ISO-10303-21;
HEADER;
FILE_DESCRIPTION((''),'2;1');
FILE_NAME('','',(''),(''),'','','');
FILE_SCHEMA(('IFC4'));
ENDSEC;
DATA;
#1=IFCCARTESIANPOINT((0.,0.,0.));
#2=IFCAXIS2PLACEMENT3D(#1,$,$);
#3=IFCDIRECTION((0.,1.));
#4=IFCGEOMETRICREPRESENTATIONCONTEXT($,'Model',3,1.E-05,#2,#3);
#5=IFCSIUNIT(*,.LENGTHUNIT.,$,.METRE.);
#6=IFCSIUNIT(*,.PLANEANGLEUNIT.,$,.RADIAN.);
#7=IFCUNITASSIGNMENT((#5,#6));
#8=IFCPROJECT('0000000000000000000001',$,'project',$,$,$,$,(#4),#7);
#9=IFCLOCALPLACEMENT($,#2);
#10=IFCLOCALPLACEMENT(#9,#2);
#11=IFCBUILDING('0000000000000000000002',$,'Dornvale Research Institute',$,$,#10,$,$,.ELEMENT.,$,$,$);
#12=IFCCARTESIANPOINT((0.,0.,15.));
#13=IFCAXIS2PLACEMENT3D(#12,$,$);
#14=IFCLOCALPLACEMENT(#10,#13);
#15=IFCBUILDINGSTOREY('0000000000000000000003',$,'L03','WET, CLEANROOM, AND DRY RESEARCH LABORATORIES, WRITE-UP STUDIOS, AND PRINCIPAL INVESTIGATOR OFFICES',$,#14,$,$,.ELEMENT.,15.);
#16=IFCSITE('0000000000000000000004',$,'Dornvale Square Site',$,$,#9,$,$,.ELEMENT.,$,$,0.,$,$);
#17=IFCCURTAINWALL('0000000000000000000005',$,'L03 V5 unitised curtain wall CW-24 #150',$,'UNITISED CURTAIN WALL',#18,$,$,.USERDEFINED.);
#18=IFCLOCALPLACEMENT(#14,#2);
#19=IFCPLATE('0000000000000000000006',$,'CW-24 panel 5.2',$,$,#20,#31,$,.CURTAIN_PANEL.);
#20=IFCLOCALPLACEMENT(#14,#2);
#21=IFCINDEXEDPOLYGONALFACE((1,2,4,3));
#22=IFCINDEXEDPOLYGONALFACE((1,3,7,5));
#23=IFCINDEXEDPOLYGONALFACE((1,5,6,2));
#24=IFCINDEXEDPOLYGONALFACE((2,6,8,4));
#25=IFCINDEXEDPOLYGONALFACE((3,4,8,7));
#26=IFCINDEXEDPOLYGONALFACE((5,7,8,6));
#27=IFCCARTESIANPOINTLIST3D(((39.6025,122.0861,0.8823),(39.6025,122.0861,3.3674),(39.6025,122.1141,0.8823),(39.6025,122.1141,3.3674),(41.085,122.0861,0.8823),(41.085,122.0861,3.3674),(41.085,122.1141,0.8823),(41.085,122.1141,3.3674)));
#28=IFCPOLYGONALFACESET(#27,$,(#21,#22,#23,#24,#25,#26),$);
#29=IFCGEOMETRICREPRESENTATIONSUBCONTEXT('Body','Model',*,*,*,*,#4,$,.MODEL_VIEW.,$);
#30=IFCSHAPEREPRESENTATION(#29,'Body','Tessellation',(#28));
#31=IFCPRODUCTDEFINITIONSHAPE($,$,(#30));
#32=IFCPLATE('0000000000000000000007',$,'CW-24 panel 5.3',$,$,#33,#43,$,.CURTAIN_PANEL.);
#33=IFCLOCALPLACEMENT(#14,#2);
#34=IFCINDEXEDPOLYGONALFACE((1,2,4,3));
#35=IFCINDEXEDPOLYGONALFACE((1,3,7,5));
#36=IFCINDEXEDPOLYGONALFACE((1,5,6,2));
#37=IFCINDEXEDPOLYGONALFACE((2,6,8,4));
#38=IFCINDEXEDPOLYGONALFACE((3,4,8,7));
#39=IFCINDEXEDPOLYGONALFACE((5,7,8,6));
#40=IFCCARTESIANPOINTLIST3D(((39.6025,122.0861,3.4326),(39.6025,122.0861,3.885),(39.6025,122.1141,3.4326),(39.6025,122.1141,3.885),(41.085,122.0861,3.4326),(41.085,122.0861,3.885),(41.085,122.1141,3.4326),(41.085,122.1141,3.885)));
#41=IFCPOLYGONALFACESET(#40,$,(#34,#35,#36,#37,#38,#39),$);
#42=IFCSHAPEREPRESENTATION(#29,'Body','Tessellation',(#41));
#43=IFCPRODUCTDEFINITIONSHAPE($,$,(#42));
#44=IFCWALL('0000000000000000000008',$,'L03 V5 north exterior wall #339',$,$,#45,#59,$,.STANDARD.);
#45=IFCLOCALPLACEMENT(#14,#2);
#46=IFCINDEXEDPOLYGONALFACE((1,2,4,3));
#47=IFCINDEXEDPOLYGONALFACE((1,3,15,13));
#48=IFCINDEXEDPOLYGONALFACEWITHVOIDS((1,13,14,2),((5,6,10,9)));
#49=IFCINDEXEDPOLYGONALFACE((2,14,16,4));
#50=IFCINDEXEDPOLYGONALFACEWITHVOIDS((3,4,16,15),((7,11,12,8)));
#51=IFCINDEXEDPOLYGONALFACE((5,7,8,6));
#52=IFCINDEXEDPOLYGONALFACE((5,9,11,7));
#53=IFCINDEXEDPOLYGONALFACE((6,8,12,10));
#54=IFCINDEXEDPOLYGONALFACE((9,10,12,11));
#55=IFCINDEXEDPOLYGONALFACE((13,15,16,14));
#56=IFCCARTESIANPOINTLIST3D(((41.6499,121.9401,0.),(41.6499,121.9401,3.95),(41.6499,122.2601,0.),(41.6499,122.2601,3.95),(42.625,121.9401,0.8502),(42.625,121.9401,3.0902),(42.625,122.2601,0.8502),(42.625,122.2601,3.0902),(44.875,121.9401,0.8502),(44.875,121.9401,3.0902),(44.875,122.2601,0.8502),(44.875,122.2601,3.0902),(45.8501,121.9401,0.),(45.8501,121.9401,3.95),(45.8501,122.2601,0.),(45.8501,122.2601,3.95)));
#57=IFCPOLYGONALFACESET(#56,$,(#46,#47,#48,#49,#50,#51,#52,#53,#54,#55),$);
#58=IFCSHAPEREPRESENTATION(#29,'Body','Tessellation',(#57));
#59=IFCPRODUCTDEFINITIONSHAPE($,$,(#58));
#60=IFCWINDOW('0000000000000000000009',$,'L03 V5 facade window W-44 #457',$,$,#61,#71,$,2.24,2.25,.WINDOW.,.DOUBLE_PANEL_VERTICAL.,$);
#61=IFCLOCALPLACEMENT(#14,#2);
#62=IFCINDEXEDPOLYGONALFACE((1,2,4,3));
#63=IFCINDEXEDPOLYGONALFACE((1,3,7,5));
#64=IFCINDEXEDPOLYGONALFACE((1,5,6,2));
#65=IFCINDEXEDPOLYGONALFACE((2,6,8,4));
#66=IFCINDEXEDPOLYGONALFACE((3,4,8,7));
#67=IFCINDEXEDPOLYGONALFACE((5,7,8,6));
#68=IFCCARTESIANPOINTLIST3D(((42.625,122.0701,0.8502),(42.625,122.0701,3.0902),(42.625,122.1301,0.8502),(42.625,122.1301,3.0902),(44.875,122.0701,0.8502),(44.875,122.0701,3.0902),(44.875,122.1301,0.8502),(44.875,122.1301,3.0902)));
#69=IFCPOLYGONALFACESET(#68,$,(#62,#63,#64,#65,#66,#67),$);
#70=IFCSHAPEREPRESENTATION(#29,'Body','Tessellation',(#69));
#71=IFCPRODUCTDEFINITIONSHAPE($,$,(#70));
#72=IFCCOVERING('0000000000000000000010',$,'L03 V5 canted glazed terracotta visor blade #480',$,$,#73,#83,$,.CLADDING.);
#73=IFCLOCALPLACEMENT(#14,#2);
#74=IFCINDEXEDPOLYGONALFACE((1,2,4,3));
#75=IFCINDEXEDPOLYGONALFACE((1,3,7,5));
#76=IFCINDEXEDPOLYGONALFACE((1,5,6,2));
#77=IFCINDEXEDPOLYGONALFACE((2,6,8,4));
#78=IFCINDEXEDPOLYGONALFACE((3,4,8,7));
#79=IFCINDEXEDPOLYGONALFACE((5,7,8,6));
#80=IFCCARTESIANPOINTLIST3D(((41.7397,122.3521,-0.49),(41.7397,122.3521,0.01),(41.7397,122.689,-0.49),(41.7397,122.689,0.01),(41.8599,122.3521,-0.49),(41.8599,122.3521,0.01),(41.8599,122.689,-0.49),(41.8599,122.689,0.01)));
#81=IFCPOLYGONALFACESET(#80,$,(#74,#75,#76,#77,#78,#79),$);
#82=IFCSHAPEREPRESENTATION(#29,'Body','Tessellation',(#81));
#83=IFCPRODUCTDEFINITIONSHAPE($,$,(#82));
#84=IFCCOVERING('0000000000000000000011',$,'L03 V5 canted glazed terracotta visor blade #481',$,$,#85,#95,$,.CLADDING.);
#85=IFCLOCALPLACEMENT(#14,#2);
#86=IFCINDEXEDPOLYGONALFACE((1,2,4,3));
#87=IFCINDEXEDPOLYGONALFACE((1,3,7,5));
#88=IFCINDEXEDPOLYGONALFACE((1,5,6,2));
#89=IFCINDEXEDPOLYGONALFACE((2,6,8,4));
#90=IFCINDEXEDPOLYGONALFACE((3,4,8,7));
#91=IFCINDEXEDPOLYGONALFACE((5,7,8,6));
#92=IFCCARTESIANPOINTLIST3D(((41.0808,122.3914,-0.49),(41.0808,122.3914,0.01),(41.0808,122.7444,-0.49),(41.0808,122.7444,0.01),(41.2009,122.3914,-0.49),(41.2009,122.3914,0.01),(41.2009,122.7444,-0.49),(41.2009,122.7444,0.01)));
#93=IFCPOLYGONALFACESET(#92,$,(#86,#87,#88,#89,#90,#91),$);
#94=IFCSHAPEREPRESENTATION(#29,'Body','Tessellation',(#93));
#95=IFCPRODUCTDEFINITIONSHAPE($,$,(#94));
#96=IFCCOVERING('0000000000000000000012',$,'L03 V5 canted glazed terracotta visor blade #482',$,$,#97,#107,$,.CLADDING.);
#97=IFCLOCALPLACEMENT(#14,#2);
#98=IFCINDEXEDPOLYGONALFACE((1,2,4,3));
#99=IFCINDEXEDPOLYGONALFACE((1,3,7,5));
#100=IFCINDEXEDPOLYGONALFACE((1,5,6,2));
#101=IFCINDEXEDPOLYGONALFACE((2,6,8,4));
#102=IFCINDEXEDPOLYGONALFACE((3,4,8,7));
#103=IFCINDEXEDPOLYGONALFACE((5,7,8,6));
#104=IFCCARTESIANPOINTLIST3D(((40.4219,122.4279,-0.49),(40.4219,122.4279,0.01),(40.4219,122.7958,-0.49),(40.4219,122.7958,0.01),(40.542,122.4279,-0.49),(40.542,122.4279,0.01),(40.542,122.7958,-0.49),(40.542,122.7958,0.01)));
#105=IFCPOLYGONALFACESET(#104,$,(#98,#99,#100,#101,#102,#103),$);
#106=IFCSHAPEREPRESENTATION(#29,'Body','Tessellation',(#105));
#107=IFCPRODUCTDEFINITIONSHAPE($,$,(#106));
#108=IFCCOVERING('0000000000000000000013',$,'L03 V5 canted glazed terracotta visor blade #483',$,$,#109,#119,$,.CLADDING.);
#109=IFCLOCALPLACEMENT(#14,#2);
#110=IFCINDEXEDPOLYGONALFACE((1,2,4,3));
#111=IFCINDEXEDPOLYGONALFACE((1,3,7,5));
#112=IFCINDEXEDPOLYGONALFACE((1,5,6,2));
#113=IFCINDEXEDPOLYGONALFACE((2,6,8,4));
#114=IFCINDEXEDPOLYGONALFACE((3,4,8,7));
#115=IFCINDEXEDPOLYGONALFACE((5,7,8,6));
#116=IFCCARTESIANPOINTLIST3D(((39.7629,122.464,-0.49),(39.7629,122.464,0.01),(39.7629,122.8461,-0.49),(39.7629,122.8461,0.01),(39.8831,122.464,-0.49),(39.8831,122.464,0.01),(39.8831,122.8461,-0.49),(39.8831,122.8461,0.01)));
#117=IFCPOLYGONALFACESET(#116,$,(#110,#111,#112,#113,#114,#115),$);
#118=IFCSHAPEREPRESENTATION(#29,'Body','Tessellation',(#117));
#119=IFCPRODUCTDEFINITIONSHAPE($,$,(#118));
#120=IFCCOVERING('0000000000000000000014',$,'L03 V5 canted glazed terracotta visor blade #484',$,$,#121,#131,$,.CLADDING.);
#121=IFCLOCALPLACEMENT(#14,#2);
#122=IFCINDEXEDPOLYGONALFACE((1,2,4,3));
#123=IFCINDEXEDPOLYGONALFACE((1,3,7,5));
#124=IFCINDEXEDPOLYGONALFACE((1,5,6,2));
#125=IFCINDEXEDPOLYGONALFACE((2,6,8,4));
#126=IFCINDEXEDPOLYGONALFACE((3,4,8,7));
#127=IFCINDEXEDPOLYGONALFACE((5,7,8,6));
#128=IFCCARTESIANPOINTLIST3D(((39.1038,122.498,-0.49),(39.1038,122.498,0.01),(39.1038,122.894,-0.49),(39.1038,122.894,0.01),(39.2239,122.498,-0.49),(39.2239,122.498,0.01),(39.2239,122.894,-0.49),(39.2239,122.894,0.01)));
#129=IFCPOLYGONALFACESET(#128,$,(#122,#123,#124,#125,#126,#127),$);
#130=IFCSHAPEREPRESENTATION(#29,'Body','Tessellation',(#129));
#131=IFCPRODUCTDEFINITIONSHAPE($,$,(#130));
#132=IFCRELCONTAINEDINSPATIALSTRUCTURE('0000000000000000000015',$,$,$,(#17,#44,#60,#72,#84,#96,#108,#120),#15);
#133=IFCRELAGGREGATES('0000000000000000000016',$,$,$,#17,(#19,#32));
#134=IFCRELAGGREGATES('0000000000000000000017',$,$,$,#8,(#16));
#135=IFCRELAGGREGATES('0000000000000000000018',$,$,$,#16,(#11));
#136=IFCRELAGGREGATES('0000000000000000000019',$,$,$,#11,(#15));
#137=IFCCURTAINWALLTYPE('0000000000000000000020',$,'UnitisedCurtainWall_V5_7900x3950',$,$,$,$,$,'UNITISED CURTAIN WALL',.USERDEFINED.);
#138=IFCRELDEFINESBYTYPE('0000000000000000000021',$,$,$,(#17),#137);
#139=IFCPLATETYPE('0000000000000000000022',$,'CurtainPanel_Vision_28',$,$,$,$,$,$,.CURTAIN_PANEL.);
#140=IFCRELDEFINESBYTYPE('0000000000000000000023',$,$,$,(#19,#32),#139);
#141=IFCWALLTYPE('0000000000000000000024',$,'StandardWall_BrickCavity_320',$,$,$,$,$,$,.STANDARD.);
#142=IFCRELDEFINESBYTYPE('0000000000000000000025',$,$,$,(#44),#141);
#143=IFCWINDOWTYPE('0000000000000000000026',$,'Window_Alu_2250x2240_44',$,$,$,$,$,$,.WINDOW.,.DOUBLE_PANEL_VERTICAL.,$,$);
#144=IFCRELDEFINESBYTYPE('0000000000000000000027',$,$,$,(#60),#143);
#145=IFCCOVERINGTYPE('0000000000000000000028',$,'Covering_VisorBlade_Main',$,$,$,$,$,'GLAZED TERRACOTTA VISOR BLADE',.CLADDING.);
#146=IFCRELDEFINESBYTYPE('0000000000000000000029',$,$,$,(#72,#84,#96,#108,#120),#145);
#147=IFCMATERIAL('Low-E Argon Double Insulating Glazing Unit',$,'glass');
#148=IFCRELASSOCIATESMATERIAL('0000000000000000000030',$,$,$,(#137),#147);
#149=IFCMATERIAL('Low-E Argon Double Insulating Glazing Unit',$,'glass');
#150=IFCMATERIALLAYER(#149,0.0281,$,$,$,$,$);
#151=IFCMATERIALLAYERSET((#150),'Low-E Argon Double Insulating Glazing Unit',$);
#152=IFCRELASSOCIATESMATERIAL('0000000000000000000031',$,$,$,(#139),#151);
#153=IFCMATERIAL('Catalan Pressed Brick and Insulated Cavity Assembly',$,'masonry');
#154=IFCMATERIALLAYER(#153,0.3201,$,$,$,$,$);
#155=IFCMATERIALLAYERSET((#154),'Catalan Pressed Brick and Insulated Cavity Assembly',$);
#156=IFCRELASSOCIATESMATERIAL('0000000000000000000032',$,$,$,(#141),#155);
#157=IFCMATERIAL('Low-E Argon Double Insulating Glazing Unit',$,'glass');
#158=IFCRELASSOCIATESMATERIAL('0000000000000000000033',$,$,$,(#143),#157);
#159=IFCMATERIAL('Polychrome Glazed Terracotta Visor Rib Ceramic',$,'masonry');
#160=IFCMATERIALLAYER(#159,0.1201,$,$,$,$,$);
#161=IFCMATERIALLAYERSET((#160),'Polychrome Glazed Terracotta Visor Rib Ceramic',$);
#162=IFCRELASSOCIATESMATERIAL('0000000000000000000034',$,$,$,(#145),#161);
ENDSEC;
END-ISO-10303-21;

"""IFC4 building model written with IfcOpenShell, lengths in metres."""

from ifc_helpers import new_model, si_unit, direction, frame, frame_2d, origin, origin_2d, place, context, subcontext, project, spatial, rectangle, extrude, material, layer, layer_set, type_object, element, fill, aggregate, save


model = new_model("IFC4")

# Units and contexts
model_context = context("Model", 3, precision=1e-05, world=origin(), true_north=direction((0.0, 1.0)))
body_context = subcontext(model_context, "Body", "Model", "MODEL_VIEW")
ifc_project = project(units=[si_unit("LENGTHUNIT", "METRE"), si_unit("PLANEANGLEUNIT", "RADIAN")], contexts=[model_context])

# Site, building, storey
site_placement = place(None, origin())
site = spatial("IfcSite", under=ifc_project, at=site_placement, Name="Dornvale Square Site", CompositionType="ELEMENT", RefElevation=0.0)
building_placement = place(site_placement, origin())
building = spatial("IfcBuilding", under=site, at=building_placement, Name="Dornvale Research Institute", CompositionType="ELEMENT")
storey_placement = place(building_placement, frame((0.0, 0.0, 15.0)))
storey = spatial("IfcBuildingStorey", under=building, at=storey_placement, Name="L03", Description="WET, CLEANROOM, AND DRY RESEARCH LABORATORIES, WRITE-UP STUDIOS, AND PRINCIPAL INVESTIGATOR OFFICES", CompositionType="ELEMENT", Elevation=15.0)

# Curtain wall
ifc_material_1 = material(Name="Low-E Argon Double Insulating Glazing Unit", Category="glass")
curtain_wall_type = type_object("IfcCurtainWallType", Name="UnitisedCurtainWall_V5_7900x3950", ElementType="UNITISED CURTAIN WALL", PredefinedType="USERDEFINED", material=ifc_material_1)
curtain_wall_placement = place(storey_placement, origin())
curtain_wall = element("IfcCurtainWall", 1, at=curtain_wall_placement, inside=storey, type_object=curtain_wall_type, Name="L03 V5 unitised curtain wall CW-24 #150", ObjectType="UNITISED CURTAIN WALL", PredefinedType="USERDEFINED")

# Plates
ifc_material_2 = material(Name="Low-E Argon Double Insulating Glazing Unit", Category="glass")
ifc_layer_1 = layer(ifc_material_2, 0.0281)
ifc_layer_set_1 = layer_set([ifc_layer_1], Name="Low-E Argon Double Insulating Glazing Unit")
plate_type_1 = type_object("IfcPlateType", Name="CurtainPanel_Vision_28", PredefinedType="CURTAIN_PANEL", material=ifc_layer_set_1)
plate_1_placement = place(storey_placement, frame((40.3438, 122.1001, 0.8823), z_axis=(0.0, 0.0, 1.0), x_axis=(1.0, 0.0, 0.0)))
plate_1 = element("IfcPlate", 2, at=plate_1_placement, type_object=plate_type_1, Name="CW-24 panel 5.2", PredefinedType="CURTAIN_PANEL", context=body_context, shape_type="SweptSolid", body=[
    extrude(rectangle(XDim=1.4824, YDim=0.0281, at=origin_2d()), origin(), (0.0, 0.0, 1.0), 2.4851),
])
plate_2_placement = place(storey_placement, frame((40.3438, 122.1001, 3.4326), z_axis=(0.0, 0.0, 1.0), x_axis=(1.0, 0.0, 0.0)))
plate_2 = element("IfcPlate", 3, at=plate_2_placement, type_object=plate_type_1, Name="CW-24 panel 5.3", PredefinedType="CURTAIN_PANEL", context=body_context, shape_type="SweptSolid", body=[
    extrude(rectangle(XDim=1.4824, YDim=0.0281, at=origin_2d()), origin(), (0.0, 0.0, 1.0), 0.4524),
])
aggregate(curtain_wall, [plate_1, plate_2])

# Wall, opening, window
ifc_material_3 = material(Name="Catalan Pressed Brick and Insulated Cavity Assembly", Category="masonry")
ifc_layer_2 = layer(ifc_material_3, 0.3201)
ifc_layer_set_2 = layer_set([ifc_layer_2], Name="Catalan Pressed Brick and Insulated Cavity Assembly")
wall_type = type_object("IfcWallType", Name="StandardWall_BrickCavity_320", PredefinedType="STANDARD", material=ifc_layer_set_2)
wall_placement = place(storey_placement, frame((41.6499, 122.1001, 0.0), z_axis=(0.0, 0.0, 1.0), x_axis=(1.0, 0.0, 0.0)))
wall = element("IfcWall", 4, at=wall_placement, inside=storey, type_object=wall_type, Name="L03 V5 north exterior wall #339", PredefinedType="STANDARD", context=body_context, shape_type="SweptSolid", body=[
    extrude(rectangle(XDim=4.2002, YDim=0.3201, at=frame_2d((2.1001, 0.0))), origin(), (0.0, 0.0, 1.0), 3.95),
])
opening_placement = place(wall_placement, frame((0.9751, 0.0, 0.8501)))
opening = element("IfcOpeningElement", 5, at=opening_placement, cuts=wall, PredefinedType="OPENING", context=body_context, shape_type="SweptSolid", body=[
    extrude(rectangle(XDim=2.25, YDim=2.24, at=frame_2d((1.125, 1.1201))), frame((0.0, 0.175, 0.0), z_axis=(0.0, -1.0, 0.0), x_axis=(1.0, 0.0, 0.0)), (0.0, 0.0, 1.0), 0.3501),
])
ifc_material_4 = material(Name="Low-E Argon Double Insulating Glazing Unit", Category="glass")
window_type = type_object("IfcWindowType", Name="Window_Alu_2250x2240_44", PartitioningType="DOUBLE_PANEL_VERTICAL", PredefinedType="WINDOW", material=ifc_material_4)
window_placement = place(opening_placement, origin())
window = element("IfcWindow", 6, at=window_placement, inside=storey, type_object=window_type, Name="L03 V5 facade window W-44 #457", OverallHeight=2.24, OverallWidth=2.25, PartitioningType="DOUBLE_PANEL_VERTICAL", PredefinedType="WINDOW", context=body_context, shape_type="SweptSolid", body=[
    extrude(rectangle(XDim=2.25, YDim=2.24, at=frame_2d((1.125, 1.1201))), frame((0.0, 0.03, 0.0), z_axis=(0.0, -1.0, 0.0), x_axis=(1.0, 0.0, 0.0)), (0.0, 0.0, 1.0), 0.0601),
])
fill(opening, window)

# Coverings
ifc_material_5 = material(Name="Polychrome Glazed Terracotta Visor Rib Ceramic", Category="masonry")
ifc_layer_3 = layer(ifc_material_5, 0.1201)
ifc_layer_set_3 = layer_set([ifc_layer_3], Name="Polychrome Glazed Terracotta Visor Rib Ceramic")
covering_type = type_object("IfcCoveringType", Name="Covering_VisorBlade_Main", ElementType="GLAZED TERRACOTTA VISOR BLADE", PredefinedType="CLADDING", material=ifc_layer_set_3)
covering_1_placement = place(storey_placement, frame((41.7998, 122.5205, -0.49), z_axis=(0.0, 0.0, 1.0), x_axis=(0.0, 1.0, 0.0)))
element("IfcCovering", 7, at=covering_1_placement, inside=storey, type_object=covering_type, Name="L03 V5 canted glazed terracotta visor blade #480", PredefinedType="CLADDING", context=body_context, shape_type="SweptSolid", body=[
    extrude(rectangle(XDim=0.3369, YDim=0.1201, at=origin_2d()), origin(), (0.0, 0.0, 1.0), 0.5),
])
covering_2_placement = place(storey_placement, frame((41.1409, 122.5679, -0.49), z_axis=(0.0, 0.0, 1.0), x_axis=(0.0, 1.0, 0.0)))
element("IfcCovering", 8, at=covering_2_placement, inside=storey, type_object=covering_type, Name="L03 V5 canted glazed terracotta visor blade #481", PredefinedType="CLADDING", context=body_context, shape_type="SweptSolid", body=[
    extrude(rectangle(XDim=0.353, YDim=0.1201, at=origin_2d()), origin(), (0.0, 0.0, 1.0), 0.5),
])
covering_3_placement = place(storey_placement, frame((40.4819, 122.6118, -0.49), z_axis=(0.0, 0.0, 1.0), x_axis=(0.0, 1.0, 0.0)))
element("IfcCovering", 9, at=covering_3_placement, inside=storey, type_object=covering_type, Name="L03 V5 canted glazed terracotta visor blade #482", PredefinedType="CLADDING", context=body_context, shape_type="SweptSolid", body=[
    extrude(rectangle(XDim=0.3679, YDim=0.1201, at=origin_2d()), origin(), (0.0, 0.0, 1.0), 0.5),
])
covering_4_placement = place(storey_placement, frame((39.823, 122.655, -0.49), z_axis=(0.0, 0.0, 1.0), x_axis=(0.0, 1.0, 0.0)))
element("IfcCovering", 10, at=covering_4_placement, inside=storey, type_object=covering_type, Name="L03 V5 canted glazed terracotta visor blade #483", PredefinedType="CLADDING", context=body_context, shape_type="SweptSolid", body=[
    extrude(rectangle(XDim=0.3821, YDim=0.1201, at=origin_2d()), origin(), (0.0, 0.0, 1.0), 0.5),
])
covering_5_placement = place(storey_placement, frame((39.1638, 122.696, -0.49), z_axis=(0.0, 0.0, 1.0), x_axis=(0.0, 1.0, 0.0)))
element("IfcCovering", 11, at=covering_5_placement, inside=storey, type_object=covering_type, Name="L03 V5 canted glazed terracotta visor blade #484", PredefinedType="CLADDING", context=body_context, shape_type="SweptSolid", body=[
    extrude(rectangle(XDim=0.396, YDim=0.1201, at=origin_2d()), origin(), (0.0, 0.0, 1.0), 0.5),
])

save(model, "model.ifc")
